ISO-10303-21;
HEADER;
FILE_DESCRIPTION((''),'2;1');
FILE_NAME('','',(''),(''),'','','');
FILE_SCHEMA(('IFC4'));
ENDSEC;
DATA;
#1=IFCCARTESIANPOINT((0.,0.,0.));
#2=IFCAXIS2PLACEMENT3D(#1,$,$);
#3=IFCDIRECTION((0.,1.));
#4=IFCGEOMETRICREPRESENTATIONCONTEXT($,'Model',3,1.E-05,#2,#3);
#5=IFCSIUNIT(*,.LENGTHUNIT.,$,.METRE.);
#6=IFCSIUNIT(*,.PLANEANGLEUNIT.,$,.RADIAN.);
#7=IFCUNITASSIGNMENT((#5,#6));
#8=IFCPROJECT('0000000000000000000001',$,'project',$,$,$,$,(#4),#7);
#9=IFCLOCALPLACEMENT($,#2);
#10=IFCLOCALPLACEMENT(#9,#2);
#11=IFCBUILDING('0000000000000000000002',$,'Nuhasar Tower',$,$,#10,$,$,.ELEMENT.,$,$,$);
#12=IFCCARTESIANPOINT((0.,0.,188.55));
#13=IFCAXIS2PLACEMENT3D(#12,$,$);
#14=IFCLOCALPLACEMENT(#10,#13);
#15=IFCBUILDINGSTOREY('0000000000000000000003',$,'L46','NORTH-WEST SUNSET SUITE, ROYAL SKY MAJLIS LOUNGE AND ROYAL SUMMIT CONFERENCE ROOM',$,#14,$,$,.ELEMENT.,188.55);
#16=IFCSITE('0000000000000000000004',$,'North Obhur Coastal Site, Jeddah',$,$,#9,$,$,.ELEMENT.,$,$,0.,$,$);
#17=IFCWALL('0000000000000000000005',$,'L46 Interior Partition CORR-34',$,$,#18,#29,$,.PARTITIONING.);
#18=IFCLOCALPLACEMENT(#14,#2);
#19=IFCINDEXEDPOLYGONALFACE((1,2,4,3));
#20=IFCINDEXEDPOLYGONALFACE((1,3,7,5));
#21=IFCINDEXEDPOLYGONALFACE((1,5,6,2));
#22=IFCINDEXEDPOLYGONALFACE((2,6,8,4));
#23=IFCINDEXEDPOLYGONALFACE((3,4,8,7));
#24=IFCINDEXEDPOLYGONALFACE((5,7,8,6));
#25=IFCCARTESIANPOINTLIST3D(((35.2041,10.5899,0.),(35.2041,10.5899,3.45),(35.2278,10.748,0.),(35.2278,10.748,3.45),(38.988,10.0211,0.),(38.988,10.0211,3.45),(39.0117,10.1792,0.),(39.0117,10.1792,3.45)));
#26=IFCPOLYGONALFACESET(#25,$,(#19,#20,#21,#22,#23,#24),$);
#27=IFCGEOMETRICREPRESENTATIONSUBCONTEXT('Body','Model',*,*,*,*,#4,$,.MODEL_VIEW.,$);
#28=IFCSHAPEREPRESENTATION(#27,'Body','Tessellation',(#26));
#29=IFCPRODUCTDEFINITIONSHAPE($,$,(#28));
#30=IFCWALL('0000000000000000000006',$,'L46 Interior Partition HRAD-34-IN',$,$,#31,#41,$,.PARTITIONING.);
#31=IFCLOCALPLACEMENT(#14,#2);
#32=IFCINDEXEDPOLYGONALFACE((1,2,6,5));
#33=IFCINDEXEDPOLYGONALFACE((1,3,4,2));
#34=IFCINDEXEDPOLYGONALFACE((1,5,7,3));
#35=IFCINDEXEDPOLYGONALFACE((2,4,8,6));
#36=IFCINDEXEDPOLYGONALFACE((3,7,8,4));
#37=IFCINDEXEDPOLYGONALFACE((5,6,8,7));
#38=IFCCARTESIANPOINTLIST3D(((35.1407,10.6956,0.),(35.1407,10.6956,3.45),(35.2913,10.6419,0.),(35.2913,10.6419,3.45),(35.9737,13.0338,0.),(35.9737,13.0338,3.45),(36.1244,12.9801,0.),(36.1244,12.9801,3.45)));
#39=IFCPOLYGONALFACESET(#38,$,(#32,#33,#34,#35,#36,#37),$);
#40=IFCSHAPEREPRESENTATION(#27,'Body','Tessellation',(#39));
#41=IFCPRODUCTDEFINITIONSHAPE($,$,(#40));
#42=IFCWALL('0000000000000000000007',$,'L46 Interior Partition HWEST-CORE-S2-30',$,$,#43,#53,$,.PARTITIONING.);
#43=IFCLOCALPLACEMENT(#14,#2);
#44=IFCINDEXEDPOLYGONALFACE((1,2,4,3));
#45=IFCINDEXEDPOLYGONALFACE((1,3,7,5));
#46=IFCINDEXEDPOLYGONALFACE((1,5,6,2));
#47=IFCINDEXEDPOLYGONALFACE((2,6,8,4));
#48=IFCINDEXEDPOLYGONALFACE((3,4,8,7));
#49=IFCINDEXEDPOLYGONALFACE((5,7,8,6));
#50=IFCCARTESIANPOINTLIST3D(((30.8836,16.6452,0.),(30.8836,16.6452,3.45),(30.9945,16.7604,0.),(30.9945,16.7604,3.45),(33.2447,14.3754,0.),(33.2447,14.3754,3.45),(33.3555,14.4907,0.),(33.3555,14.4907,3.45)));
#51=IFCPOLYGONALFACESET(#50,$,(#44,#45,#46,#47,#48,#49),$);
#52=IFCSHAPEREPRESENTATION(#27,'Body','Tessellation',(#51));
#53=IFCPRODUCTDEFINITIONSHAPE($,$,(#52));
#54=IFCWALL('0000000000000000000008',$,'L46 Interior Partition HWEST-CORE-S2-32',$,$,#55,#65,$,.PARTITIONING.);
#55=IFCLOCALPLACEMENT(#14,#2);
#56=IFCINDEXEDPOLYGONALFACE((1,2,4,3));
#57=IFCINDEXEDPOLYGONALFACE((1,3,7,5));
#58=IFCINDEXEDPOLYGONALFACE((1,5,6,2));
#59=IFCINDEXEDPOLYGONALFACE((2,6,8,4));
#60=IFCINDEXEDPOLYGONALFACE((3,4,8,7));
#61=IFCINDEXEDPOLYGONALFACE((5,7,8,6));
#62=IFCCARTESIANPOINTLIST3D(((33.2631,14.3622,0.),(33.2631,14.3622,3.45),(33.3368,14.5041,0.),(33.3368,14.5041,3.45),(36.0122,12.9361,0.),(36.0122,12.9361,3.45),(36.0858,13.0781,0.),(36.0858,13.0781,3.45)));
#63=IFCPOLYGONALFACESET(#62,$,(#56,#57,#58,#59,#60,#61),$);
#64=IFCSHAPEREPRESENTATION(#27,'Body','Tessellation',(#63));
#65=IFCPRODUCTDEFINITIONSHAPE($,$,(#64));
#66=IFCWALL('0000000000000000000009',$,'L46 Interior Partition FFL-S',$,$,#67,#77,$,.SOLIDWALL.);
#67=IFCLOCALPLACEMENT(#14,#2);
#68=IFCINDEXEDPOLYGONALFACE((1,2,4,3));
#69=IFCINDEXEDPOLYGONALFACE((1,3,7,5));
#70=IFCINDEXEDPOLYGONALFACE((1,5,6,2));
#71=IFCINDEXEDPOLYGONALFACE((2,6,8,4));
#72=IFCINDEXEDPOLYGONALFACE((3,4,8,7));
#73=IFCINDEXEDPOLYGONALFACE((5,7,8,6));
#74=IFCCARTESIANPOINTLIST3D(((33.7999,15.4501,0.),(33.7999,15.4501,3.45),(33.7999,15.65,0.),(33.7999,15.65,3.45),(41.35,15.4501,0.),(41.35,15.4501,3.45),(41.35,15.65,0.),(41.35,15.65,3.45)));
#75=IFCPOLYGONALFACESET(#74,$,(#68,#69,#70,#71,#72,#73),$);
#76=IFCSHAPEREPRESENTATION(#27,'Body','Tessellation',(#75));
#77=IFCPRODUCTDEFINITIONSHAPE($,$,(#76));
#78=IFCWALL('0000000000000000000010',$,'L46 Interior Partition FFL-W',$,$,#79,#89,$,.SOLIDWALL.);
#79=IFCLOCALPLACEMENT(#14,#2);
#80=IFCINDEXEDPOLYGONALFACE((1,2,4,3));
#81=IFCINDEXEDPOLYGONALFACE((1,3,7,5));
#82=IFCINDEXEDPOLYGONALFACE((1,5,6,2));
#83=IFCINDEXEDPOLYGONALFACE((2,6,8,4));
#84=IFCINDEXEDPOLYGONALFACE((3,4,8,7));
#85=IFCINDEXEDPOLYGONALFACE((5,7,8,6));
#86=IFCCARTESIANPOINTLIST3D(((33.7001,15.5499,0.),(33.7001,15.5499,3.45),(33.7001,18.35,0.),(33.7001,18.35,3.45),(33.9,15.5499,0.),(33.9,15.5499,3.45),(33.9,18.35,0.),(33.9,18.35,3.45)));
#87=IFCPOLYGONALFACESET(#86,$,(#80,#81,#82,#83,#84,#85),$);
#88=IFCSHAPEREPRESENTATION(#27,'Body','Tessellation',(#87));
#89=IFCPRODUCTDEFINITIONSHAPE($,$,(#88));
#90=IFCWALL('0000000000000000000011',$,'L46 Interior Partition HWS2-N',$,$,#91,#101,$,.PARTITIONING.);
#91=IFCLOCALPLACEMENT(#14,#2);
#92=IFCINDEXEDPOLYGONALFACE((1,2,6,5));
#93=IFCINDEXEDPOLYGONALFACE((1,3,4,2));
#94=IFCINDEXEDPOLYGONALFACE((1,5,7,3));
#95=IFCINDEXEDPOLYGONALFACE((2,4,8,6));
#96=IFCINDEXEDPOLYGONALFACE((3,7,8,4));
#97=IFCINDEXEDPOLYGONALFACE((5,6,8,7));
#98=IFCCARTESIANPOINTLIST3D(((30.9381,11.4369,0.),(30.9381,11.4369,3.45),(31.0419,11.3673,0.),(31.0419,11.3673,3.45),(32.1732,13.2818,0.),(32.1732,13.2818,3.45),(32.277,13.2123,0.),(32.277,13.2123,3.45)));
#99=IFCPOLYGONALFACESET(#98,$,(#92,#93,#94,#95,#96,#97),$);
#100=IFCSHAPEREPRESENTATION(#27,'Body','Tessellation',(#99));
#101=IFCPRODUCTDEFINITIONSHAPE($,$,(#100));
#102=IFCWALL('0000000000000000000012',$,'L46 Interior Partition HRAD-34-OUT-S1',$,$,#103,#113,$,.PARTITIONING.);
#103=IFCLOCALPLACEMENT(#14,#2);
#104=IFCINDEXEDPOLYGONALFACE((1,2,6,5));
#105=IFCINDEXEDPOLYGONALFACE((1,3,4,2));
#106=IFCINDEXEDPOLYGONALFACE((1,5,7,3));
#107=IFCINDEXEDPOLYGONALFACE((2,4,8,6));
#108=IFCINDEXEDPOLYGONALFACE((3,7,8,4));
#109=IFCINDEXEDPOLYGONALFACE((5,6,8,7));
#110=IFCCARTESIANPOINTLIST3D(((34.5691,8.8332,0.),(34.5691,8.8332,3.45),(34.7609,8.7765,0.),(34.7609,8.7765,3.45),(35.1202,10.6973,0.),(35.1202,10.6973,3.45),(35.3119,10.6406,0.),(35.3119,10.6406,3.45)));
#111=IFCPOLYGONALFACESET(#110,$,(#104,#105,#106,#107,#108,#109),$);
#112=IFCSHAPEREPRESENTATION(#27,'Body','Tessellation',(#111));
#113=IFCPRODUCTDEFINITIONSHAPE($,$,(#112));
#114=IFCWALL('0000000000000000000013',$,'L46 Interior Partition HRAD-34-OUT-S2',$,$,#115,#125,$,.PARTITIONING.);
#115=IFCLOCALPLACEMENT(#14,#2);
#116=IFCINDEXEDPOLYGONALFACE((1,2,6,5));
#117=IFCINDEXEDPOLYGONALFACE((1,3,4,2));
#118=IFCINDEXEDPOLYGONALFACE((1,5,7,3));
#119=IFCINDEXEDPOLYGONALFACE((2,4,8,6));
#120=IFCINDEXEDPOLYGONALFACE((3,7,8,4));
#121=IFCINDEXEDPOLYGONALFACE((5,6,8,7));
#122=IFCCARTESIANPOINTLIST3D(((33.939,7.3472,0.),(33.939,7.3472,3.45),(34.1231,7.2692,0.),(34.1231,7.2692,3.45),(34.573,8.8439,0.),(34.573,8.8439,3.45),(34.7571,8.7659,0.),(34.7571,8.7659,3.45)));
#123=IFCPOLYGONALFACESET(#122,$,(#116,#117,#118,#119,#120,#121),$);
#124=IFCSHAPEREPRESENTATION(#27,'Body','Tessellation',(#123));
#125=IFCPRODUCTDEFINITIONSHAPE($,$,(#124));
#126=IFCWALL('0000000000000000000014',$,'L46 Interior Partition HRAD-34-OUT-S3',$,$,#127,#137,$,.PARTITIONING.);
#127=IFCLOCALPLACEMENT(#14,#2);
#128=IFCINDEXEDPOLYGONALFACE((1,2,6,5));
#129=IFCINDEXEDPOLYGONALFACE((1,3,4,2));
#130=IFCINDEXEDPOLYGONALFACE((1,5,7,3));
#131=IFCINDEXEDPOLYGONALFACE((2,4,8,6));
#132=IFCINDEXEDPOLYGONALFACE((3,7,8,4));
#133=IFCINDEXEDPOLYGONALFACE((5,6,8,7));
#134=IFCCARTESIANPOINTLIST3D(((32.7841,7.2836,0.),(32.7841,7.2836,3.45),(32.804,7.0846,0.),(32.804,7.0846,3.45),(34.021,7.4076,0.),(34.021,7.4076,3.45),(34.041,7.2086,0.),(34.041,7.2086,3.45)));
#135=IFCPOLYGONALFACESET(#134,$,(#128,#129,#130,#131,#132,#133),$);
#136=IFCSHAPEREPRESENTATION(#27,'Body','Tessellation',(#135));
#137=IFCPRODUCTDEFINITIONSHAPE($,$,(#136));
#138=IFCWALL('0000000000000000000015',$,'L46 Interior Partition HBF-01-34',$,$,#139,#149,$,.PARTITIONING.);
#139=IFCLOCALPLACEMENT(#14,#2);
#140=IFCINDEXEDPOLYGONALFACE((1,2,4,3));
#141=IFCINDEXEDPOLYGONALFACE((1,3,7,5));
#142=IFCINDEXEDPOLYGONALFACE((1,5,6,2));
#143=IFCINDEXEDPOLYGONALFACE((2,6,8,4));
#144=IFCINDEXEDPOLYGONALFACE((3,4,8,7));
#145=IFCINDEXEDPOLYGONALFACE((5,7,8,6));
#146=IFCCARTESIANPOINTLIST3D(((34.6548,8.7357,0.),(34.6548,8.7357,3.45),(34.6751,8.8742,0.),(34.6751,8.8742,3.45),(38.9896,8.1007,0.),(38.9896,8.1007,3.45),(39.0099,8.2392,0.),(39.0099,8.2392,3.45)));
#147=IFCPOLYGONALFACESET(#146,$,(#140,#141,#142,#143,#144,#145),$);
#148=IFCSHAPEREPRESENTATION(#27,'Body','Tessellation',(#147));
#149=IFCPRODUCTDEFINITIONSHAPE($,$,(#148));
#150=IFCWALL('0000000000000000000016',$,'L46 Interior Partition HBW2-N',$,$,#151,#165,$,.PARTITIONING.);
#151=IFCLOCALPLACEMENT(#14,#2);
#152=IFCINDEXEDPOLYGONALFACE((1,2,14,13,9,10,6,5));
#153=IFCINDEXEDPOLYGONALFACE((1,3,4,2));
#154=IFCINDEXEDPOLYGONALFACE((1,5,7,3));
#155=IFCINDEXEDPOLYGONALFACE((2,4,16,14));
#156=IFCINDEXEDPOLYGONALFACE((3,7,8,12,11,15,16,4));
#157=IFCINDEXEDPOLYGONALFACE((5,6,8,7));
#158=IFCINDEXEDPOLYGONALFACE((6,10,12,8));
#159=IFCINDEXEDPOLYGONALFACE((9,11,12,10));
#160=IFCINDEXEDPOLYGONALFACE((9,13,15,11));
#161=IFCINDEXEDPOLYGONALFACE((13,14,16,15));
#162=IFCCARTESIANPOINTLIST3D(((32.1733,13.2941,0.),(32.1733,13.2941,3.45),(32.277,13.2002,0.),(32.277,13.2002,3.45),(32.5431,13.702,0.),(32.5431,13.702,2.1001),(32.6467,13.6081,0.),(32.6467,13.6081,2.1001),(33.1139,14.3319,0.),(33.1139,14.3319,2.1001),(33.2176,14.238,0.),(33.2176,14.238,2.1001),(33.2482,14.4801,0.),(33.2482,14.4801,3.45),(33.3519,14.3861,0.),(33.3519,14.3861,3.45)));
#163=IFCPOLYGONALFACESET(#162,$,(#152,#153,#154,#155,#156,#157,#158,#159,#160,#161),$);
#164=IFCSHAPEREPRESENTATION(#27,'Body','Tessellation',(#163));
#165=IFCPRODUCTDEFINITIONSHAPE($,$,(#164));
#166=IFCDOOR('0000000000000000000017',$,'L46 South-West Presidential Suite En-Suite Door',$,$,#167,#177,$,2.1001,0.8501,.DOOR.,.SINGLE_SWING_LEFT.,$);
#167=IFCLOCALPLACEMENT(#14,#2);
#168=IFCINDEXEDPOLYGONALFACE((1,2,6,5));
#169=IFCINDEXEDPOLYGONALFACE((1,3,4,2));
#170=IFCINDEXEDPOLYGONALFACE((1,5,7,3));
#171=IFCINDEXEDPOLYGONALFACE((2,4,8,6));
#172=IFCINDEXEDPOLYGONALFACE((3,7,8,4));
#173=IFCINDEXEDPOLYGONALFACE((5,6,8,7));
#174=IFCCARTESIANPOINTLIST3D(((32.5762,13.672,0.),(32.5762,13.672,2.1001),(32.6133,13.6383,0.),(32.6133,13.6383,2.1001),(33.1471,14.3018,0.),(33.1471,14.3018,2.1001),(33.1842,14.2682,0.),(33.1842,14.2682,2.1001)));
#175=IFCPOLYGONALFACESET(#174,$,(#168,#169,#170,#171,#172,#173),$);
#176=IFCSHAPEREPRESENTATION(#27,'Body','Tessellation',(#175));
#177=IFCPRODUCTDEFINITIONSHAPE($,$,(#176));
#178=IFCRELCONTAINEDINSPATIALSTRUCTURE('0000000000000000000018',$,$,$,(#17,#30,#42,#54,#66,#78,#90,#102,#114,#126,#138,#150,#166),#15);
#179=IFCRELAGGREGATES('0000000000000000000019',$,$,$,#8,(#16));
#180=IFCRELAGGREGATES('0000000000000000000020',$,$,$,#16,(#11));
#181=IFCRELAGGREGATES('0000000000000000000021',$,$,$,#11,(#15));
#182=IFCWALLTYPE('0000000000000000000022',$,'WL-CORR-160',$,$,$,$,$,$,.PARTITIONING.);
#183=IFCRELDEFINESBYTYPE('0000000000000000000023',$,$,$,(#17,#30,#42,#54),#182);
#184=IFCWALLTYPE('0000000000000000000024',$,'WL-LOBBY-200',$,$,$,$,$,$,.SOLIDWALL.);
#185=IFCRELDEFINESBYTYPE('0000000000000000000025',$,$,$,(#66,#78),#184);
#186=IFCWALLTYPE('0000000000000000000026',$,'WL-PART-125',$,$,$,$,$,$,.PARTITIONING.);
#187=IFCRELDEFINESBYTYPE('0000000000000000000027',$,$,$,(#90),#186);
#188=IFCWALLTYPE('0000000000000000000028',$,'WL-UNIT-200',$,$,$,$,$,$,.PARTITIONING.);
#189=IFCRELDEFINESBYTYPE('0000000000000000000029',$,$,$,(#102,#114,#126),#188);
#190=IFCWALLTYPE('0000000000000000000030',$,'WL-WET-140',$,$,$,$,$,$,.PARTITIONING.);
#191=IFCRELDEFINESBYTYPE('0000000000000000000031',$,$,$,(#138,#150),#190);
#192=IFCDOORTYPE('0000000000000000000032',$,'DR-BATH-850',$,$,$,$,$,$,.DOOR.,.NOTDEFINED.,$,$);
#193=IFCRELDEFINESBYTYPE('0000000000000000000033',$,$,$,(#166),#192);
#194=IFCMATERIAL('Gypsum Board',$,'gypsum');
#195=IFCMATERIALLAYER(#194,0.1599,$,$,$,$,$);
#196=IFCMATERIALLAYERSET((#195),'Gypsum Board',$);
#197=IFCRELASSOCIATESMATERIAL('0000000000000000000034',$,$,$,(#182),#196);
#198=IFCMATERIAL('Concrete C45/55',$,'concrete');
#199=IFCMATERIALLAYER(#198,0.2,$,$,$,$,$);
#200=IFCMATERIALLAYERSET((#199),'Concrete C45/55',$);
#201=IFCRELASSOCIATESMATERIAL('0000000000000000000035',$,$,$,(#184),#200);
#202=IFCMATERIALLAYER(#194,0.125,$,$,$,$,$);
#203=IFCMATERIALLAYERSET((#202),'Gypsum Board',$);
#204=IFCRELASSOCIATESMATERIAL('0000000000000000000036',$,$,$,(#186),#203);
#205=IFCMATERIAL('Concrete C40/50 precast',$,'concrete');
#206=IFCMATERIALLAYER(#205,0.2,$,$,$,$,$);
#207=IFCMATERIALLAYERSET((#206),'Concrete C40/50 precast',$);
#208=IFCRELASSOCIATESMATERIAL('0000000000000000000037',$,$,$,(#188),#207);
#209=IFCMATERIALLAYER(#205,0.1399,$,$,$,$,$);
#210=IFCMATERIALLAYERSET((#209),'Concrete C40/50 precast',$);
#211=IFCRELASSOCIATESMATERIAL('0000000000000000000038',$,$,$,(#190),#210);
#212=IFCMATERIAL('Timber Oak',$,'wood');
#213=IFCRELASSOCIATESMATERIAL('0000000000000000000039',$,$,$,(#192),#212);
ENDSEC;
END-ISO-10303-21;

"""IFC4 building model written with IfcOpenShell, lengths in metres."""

from ifc_helpers import new_model, si_unit, direction, frame, frame_2d, origin, place, context, subcontext, project, spatial, rectangle, extrude, material, layer, layer_set, type_object, element, fill, save


model = new_model("IFC4")

# Units and contexts
model_context = context("Model", 3, precision=1e-05, world=origin(), true_north=direction((0.0, 1.0)))
body_context = subcontext(model_context, "Body", "Model", "MODEL_VIEW")
ifc_project = project(units=[si_unit("LENGTHUNIT", "METRE"), si_unit("PLANEANGLEUNIT", "RADIAN")], contexts=[model_context])

# Site, building, storey
site_placement = place(None, origin())
site = spatial("IfcSite", under=ifc_project, at=site_placement, Name="North Obhur Coastal Site, Jeddah", CompositionType="ELEMENT", RefElevation=0.0)
building_placement = place(site_placement, origin())
building = spatial("IfcBuilding", under=site, at=building_placement, Name="Nuhasar Tower", CompositionType="ELEMENT")
storey_placement = place(building_placement, frame((0.0, 0.0, 188.55)))
storey = spatial("IfcBuildingStorey", under=building, at=storey_placement, Name="L46", Description="NORTH-WEST SUNSET SUITE, ROYAL SKY MAJLIS LOUNGE AND ROYAL SUMMIT CONFERENCE ROOM", CompositionType="ELEMENT", Elevation=188.55)

# Walls
ifc_material_1 = material(Name="Gypsum Board", Category="gypsum")
ifc_layer_1 = layer(ifc_material_1, 0.1599)
ifc_layer_set_1 = layer_set([ifc_layer_1], Name="Gypsum Board")
wall_type_1 = type_object("IfcWallType", Name="WL-CORR-160", PredefinedType="PARTITIONING", material=ifc_layer_set_1)
wall_1_placement = place(storey_placement, frame((35.2161, 10.6689, 0.0), z_axis=(0.0, 0.0, 1.0), x_axis=(0.988888, -0.148662, 0.0)))
element("IfcWall", 1, at=wall_1_placement, inside=storey, type_object=wall_type_1, Name="L46 Interior Partition CORR-34", PredefinedType="PARTITIONING", context=body_context, shape_type="SweptSolid", body=[
    extrude(rectangle(XDim=3.8264, YDim=0.1599, at=frame_2d((1.9131, 0.0))), origin(), (0.0, 0.0, 1.0), 3.45),
])
wall_2_placement = place(storey_placement, frame((36.0491, 13.0071, 0.0), z_axis=(0.0, 0.0, 1.0), x_axis=(-0.335607, -0.942002, 0.0)))
element("IfcWall", 2, at=wall_2_placement, inside=storey, type_object=wall_type_1, Name="L46 Interior Partition HRAD-34-IN", PredefinedType="PARTITIONING", context=body_context, shape_type="SweptSolid", body=[
    extrude(rectangle(XDim=2.4822, YDim=0.1599, at=frame_2d((1.2412, 0.0))), origin(), (0.0, 0.0, 1.0), 3.45),
])
wall_3_placement = place(storey_placement, frame((30.939, 16.7029, 0.0), z_axis=(0.0, 0.0, 1.0), x_axis=(0.720909, -0.69303, 0.0)))
element("IfcWall", 3, at=wall_3_placement, inside=storey, type_object=wall_type_1, Name="L46 Interior Partition HWEST-CORE-S2-30", PredefinedType="PARTITIONING", context=body_context, shape_type="SweptSolid", body=[
    extrude(rectangle(XDim=3.2751, YDim=0.1599, at=frame_2d((1.6377, 0.0))), origin(), (0.0, 0.0, 1.0), 3.45),
])
wall_4_placement = place(storey_placement, frame((33.3, 14.4331, 0.0), z_axis=(0.0, 0.0, 1.0), x_axis=(0.887675, -0.460471, 0.0)))
element("IfcWall", 4, at=wall_4_placement, inside=storey, type_object=wall_type_1, Name="L46 Interior Partition HWEST-CORE-S2-32", PredefinedType="PARTITIONING", context=body_context, shape_type="SweptSolid", body=[
    extrude(rectangle(XDim=3.0969, YDim=0.1599, at=frame_2d((1.5483, 0.0))), origin(), (0.0, 0.0, 1.0), 3.45),
])
ifc_material_2 = material(Name="Concrete C45/55", Category="concrete")
ifc_layer_2 = layer(ifc_material_2, 0.2)
ifc_layer_set_2 = layer_set([ifc_layer_2], Name="Concrete C45/55")
wall_type_2 = type_object("IfcWallType", Name="WL-LOBBY-200", PredefinedType="SOLIDWALL", material=ifc_layer_set_2)
wall_5_placement = place(storey_placement, frame((33.8, 15.55, 0.0), z_axis=(0.0, 0.0, 1.0), x_axis=(1.0, 0.0, 0.0)))
element("IfcWall", 5, at=wall_5_placement, inside=storey, type_object=wall_type_2, Name="L46 Interior Partition FFL-S", PredefinedType="SOLIDWALL", context=body_context, shape_type="SweptSolid", body=[
    extrude(rectangle(XDim=7.55, YDim=0.2, at=frame_2d((3.7749, 0.0))), origin(), (0.0, 0.0, 1.0), 3.45),
])
wall_6_placement = place(storey_placement, frame((33.8, 15.55, 0.0), z_axis=(0.0, 0.0, 1.0), x_axis=(0.0, 1.0, 0.0)))
element("IfcWall", 6, at=wall_6_placement, inside=storey, type_object=wall_type_2, Name="L46 Interior Partition FFL-W", PredefinedType="SOLIDWALL", context=body_context, shape_type="SweptSolid", body=[
    extrude(rectangle(XDim=2.8, YDim=0.2, at=frame_2d((1.3999, 0.0))), origin(), (0.0, 0.0, 1.0), 3.45),
])
ifc_layer_3 = layer(ifc_material_1, 0.125)
ifc_layer_set_3 = layer_set([ifc_layer_3], Name="Gypsum Board")
wall_type_3 = type_object("IfcWallType", Name="WL-PART-125", PredefinedType="PARTITIONING", material=ifc_layer_set_3)
wall_7_placement = place(storey_placement, frame((32.2251, 13.2471, 0.0), z_axis=(0.0, 0.0, 1.0), x_axis=(-0.556298, -0.830983, 0.0)))
element("IfcWall", 7, at=wall_7_placement, inside=storey, type_object=wall_type_3, Name="L46 Interior Partition HWS2-N", PredefinedType="PARTITIONING", context=body_context, shape_type="SweptSolid", body=[
    extrude(rectangle(XDim=2.2202, YDim=0.125, at=frame_2d((1.1101, 0.0))), origin(), (0.0, 0.0, 1.0), 3.45),
])
ifc_material_3 = material(Name="Concrete C40/50 precast", Category="concrete")
ifc_layer_4 = layer(ifc_material_3, 0.2)
ifc_layer_set_4 = layer_set([ifc_layer_4], Name="Concrete C40/50 precast")
wall_type_4 = type_object("IfcWallType", Name="WL-UNIT-200", PredefinedType="PARTITIONING", material=ifc_layer_set_4)
wall_8_placement = place(storey_placement, frame((35.2161, 10.6689, 0.0), z_axis=(0.0, 0.0, 1.0), x_axis=(-0.283485, -0.958977, 0.0)))
element("IfcWall", 8, at=wall_8_placement, inside=storey, type_object=wall_type_4, Name="L46 Interior Partition HRAD-34-OUT-S1", PredefinedType="PARTITIONING", context=body_context, shape_type="SweptSolid", body=[
    extrude(rectangle(XDim=1.9438, YDim=0.2, at=frame_2d((0.9719, 0.0))), origin(), (0.0, 0.0, 1.0), 3.45),
])
wall_9_placement = place(storey_placement, frame((34.665, 8.8049, 0.0), z_axis=(0.0, 0.0, 1.0), x_axis=(-0.390037, -0.920799, 0.0)))
element("IfcWall", 9, at=wall_9_placement, inside=storey, type_object=wall_type_4, Name="L46 Interior Partition HRAD-34-OUT-S2", PredefinedType="PARTITIONING", context=body_context, shape_type="SweptSolid", body=[
    extrude(rectangle(XDim=1.6255, YDim=0.2, at=frame_2d((0.8127, 0.0))), origin(), (0.0, 0.0, 1.0), 3.45),
])
wall_10_placement = place(storey_placement, frame((34.031, 7.3081, 0.0), z_axis=(0.0, 0.0, 1.0), x_axis=(-0.995012, -0.099756, 0.0)))
element("IfcWall", 10, at=wall_10_placement, inside=storey, type_object=wall_type_4, Name="L46 Interior Partition HRAD-34-OUT-S3", PredefinedType="PARTITIONING", context=body_context, shape_type="SweptSolid", body=[
    extrude(rectangle(XDim=1.2432, YDim=0.2, at=frame_2d((0.6216, 0.0))), origin(), (0.0, 0.0, 1.0), 3.45),
])
ifc_layer_5 = layer(ifc_material_3, 0.1399)
ifc_layer_set_5 = layer_set([ifc_layer_5], Name="Concrete C40/50 precast")
wall_type_5 = type_object("IfcWallType", Name="WL-WET-140", PredefinedType="PARTITIONING", material=ifc_layer_set_5)
wall_11_placement = place(storey_placement, frame((34.665, 8.8049, 0.0), z_axis=(0.0, 0.0, 1.0), x_axis=(0.989441, -0.144939, 0.0)))
element("IfcWall", 11, at=wall_11_placement, inside=storey, type_object=wall_type_5, Name="L46 Interior Partition HBF-01-34", PredefinedType="PARTITIONING", context=body_context, shape_type="SweptSolid", body=[
    extrude(rectangle(XDim=4.3811, YDim=0.1399, at=frame_2d((2.1904, 0.0))), origin(), (0.0, 0.0, 1.0), 3.45),
])

# Wall, opening, door
wall_12_placement = place(storey_placement, frame((33.3, 14.4331, 0.0), z_axis=(0.0, 0.0, 1.0), x_axis=(-0.671556, -0.740954, 0.0)))
wall_12 = element("IfcWall", 12, at=wall_12_placement, inside=storey, type_object=wall_type_5, Name="L46 Interior Partition HBW2-N", PredefinedType="PARTITIONING", context=body_context, shape_type="SweptSolid", body=[
    extrude(rectangle(XDim=1.6006, YDim=0.1399, at=frame_2d((0.8003, 0.0))), origin(), (0.0, 0.0, 1.0), 3.45),
])
opening_placement = place(wall_12_placement, frame((0.2, 0.0, 0.0)))
opening = element("IfcOpeningElement", 13, at=opening_placement, cuts=wall_12, PredefinedType="OPENING", context=body_context, shape_type="SweptSolid", body=[
    extrude(rectangle(XDim=0.8501, YDim=2.1001, at=frame_2d((0.425, 1.05))), frame((0.0, 0.0801, 0.0), z_axis=(0.0, -1.0, 0.0), x_axis=(1.0, 0.0, 0.0)), (0.0, 0.0, 1.0), 0.1599),
])
ifc_material_4 = material(Name="Timber Oak", Category="wood")
door_type = type_object("IfcDoorType", Name="DR-BATH-850", OperationType="NOTDEFINED", PredefinedType="DOOR", material=ifc_material_4)
door_placement = place(opening_placement, origin())
door = element("IfcDoor", 14, at=door_placement, inside=storey, type_object=door_type, Name="L46 South-West Presidential Suite En-Suite Door", OperationType="SINGLE_SWING_LEFT", OverallHeight=2.1001, OverallWidth=0.8501, PredefinedType="DOOR", context=body_context, shape_type="SweptSolid", body=[
    extrude(rectangle(XDim=0.8501, YDim=2.1001, at=frame_2d((0.425, 1.05))), frame((0.0, 0.0249, 0.0), z_axis=(0.0, -1.0, 0.0), x_axis=(1.0, 0.0, 0.0)), (0.0, 0.0, 1.0), 0.05),
])
fill(opening, door)

save(model, "model.ifc")
